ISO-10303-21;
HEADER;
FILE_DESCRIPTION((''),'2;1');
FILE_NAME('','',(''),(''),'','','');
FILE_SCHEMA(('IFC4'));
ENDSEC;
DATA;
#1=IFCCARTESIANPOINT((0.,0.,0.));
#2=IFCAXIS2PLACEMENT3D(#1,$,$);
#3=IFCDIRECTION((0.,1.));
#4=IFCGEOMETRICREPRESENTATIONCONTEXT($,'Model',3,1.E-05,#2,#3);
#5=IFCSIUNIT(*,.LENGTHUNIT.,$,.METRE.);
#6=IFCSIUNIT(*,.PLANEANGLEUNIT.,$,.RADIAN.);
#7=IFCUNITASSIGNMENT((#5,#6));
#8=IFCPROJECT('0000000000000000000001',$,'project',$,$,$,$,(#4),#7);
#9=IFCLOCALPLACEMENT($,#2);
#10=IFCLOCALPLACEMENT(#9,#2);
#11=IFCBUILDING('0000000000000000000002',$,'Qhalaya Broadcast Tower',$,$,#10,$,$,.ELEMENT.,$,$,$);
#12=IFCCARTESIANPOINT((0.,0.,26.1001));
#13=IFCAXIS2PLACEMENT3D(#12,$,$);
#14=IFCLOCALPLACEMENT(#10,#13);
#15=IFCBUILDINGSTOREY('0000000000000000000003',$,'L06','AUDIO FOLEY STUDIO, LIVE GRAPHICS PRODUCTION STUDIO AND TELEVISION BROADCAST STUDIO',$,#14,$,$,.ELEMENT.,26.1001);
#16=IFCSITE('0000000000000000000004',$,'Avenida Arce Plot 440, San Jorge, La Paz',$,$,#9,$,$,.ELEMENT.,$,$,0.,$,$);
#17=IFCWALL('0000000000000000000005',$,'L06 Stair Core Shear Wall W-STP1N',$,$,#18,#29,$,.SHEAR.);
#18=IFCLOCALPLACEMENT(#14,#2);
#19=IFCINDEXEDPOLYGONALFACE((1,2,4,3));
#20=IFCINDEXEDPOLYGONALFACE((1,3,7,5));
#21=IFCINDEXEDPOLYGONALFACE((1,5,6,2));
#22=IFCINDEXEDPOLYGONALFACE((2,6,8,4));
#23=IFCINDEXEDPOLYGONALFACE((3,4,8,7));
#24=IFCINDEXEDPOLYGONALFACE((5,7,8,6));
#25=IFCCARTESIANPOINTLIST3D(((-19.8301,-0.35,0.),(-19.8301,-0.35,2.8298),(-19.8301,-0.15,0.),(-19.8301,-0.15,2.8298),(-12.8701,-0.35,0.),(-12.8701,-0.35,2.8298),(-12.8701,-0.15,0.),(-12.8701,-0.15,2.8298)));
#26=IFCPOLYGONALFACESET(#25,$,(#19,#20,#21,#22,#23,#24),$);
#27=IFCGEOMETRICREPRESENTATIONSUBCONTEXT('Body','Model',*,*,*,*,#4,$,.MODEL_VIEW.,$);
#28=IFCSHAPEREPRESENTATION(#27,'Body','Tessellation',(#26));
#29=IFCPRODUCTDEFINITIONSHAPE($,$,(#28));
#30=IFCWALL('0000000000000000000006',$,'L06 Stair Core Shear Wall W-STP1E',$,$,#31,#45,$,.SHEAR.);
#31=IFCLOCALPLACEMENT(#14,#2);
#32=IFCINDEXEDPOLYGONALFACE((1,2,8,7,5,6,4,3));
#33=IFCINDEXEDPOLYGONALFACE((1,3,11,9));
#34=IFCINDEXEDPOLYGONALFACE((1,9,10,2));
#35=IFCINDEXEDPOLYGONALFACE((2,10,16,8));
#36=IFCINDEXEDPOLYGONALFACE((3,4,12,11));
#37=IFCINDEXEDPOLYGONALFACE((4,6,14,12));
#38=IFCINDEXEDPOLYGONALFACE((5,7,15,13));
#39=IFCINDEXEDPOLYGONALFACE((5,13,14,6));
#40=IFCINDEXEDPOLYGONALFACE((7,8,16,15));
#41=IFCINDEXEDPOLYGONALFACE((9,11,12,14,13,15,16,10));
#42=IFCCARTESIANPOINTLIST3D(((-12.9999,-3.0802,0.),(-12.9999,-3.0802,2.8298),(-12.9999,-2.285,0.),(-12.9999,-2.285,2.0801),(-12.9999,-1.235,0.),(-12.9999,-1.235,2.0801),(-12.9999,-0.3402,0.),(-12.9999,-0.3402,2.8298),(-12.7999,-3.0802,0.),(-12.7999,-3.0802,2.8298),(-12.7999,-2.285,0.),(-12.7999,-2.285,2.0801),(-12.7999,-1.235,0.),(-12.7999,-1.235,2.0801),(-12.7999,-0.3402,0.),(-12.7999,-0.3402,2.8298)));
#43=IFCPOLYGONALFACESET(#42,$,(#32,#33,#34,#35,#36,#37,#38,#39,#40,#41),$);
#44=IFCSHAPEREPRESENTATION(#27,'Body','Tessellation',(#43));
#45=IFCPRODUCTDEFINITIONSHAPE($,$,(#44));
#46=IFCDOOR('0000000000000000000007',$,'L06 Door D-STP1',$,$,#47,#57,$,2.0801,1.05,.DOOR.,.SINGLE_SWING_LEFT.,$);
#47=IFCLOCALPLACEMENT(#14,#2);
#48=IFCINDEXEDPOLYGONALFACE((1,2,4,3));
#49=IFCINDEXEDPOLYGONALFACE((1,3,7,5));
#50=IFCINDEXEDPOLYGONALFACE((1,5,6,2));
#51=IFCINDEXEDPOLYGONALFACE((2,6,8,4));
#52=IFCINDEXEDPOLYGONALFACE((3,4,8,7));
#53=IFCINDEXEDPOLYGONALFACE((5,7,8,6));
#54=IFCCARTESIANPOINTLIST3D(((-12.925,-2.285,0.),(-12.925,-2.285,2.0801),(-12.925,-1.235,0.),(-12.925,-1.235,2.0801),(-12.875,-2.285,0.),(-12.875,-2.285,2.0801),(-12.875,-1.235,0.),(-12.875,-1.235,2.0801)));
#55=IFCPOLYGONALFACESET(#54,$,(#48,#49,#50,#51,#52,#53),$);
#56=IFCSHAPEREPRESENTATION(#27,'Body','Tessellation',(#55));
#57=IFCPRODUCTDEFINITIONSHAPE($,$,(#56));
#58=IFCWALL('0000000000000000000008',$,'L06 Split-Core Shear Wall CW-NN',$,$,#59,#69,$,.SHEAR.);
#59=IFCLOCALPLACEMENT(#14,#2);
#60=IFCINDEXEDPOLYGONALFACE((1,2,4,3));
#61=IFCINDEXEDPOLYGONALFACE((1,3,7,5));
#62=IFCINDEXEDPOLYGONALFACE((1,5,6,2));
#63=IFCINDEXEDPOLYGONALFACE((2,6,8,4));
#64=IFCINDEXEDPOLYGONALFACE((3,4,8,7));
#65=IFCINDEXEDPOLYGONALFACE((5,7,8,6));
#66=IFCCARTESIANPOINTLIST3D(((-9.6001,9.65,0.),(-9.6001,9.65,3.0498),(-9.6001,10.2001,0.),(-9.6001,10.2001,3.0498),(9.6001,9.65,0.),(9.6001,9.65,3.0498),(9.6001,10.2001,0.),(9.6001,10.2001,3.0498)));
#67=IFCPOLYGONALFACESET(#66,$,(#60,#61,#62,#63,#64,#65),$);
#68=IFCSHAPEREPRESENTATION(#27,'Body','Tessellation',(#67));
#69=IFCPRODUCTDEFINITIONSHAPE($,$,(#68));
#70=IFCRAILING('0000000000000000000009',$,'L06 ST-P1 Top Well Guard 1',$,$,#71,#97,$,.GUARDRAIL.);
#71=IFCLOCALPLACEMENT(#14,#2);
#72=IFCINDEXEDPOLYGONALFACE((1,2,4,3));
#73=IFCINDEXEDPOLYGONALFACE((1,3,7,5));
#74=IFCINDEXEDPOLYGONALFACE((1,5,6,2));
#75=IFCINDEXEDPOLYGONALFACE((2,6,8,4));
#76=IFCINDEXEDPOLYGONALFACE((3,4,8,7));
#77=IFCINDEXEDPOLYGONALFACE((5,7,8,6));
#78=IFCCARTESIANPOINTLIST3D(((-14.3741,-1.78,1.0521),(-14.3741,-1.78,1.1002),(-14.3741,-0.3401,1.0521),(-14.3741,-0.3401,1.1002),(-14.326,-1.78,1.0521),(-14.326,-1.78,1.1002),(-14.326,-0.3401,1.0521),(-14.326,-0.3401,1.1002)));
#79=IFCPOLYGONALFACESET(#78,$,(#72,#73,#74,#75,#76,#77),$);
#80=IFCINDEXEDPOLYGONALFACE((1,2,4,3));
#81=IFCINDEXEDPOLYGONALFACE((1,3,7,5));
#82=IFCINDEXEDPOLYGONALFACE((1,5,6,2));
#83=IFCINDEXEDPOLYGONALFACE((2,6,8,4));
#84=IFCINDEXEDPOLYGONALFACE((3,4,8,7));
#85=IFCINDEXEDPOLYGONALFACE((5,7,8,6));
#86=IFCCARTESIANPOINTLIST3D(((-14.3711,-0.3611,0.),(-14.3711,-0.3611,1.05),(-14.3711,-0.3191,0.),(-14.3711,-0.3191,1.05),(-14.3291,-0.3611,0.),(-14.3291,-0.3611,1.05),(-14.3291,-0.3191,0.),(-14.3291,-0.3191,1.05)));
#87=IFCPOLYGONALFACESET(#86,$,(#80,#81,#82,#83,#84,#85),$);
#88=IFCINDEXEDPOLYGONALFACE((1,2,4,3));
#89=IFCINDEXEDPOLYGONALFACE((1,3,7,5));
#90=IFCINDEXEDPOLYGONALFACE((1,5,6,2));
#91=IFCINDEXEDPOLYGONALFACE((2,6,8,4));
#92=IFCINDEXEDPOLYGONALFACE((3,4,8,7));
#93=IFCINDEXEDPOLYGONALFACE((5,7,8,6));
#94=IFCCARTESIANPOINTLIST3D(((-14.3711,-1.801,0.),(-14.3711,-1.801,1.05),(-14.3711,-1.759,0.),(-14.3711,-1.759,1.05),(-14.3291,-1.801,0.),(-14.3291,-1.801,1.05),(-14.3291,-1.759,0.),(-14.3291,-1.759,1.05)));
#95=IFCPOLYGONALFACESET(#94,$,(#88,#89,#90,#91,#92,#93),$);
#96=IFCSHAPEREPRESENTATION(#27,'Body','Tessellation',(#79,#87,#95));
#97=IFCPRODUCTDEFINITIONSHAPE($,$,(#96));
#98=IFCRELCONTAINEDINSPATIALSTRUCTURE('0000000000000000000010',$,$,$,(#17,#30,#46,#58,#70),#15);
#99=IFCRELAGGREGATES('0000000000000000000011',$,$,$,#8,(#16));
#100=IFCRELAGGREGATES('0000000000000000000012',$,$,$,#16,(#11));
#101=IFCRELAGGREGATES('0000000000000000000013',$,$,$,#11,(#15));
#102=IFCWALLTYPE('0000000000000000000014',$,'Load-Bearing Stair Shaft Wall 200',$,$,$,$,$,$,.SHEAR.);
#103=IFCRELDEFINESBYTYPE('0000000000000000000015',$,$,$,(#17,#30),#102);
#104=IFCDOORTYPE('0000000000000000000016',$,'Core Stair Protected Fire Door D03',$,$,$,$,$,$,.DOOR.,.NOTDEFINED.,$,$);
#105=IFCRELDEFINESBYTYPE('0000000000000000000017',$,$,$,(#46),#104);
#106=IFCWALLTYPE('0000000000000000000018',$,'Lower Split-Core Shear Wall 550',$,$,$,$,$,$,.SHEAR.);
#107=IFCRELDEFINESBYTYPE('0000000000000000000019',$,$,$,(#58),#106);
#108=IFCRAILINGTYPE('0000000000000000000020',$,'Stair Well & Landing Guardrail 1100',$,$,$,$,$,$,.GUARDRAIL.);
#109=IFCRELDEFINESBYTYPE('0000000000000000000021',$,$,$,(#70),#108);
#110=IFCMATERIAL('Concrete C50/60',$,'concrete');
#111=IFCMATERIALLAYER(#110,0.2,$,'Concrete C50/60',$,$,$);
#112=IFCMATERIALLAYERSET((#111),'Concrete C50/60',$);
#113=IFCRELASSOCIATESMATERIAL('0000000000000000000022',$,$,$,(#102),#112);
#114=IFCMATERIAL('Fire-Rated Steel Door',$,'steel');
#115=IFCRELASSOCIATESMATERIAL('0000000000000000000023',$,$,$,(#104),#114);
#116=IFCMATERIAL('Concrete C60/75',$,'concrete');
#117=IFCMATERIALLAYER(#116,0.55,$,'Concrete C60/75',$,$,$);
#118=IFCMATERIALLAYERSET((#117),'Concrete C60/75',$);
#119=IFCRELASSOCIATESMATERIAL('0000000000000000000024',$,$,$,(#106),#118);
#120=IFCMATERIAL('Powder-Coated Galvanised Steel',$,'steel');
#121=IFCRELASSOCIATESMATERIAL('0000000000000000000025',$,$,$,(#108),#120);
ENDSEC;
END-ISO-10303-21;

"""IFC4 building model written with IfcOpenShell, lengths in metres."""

from ifc_helpers import new_model, si_unit, direction, frame, frame_2d, origin, origin_2d, place, context, subcontext, project, spatial, rectangle, extrude, material, layer, layer_set, type_object, element, fill, save


model = new_model("IFC4")

# Units and contexts
model_context = context("Model", 3, precision=1e-05, world=origin(), true_north=direction((0.0, 1.0)))
body_context = subcontext(model_context, "Body", "Model", "MODEL_VIEW")
ifc_project = project(units=[si_unit("LENGTHUNIT", "METRE"), si_unit("PLANEANGLEUNIT", "RADIAN")], contexts=[model_context])

# Site, building, storey
site_placement = place(None, origin())
site = spatial("IfcSite", under=ifc_project, at=site_placement, Name="Avenida Arce Plot 440, San Jorge, La Paz", CompositionType="ELEMENT", RefElevation=0.0)
building_placement = place(site_placement, origin())
building = spatial("IfcBuilding", under=site, at=building_placement, Name="Qhalaya Broadcast Tower", CompositionType="ELEMENT")
storey_placement = place(building_placement, frame((0.0, 0.0, 26.1001)))
storey = spatial("IfcBuildingStorey", under=building, at=storey_placement, Name="L06", Description="AUDIO FOLEY STUDIO, LIVE GRAPHICS PRODUCTION STUDIO AND TELEVISION BROADCAST STUDIO", CompositionType="ELEMENT", Elevation=26.1001)

# Shared definitions
ifc_material_1 = material(Name="Concrete C50/60", Category="concrete")

# Wall
ifc_layer_1 = layer(ifc_material_1, 0.2, Name="Concrete C50/60")
ifc_layer_set_1 = layer_set([ifc_layer_1], Name="Concrete C50/60")
wall_type_1 = type_object("IfcWallType", Name="Load-Bearing Stair Shaft Wall 200", PredefinedType="SHEAR", material=ifc_layer_set_1)
wall_1_placement = place(storey_placement, frame((-19.8301, -0.25, 0.0), z_axis=(0.0, 0.0, 1.0), x_axis=(1.0, 0.0, 0.0)))
element("IfcWall", 1, at=wall_1_placement, inside=storey, type_object=wall_type_1, Name="L06 Stair Core Shear Wall W-STP1N", PredefinedType="SHEAR", context=body_context, shape_type="SweptSolid", body=[
    extrude(rectangle(XDim=6.96, YDim=0.2, at=frame_2d((3.48, 0.0))), origin(), (0.0, 0.0, 1.0), 2.8298),
])

# Wall, opening, door
wall_2_placement = place(storey_placement, frame((-12.8999, -0.3401, 0.0), z_axis=(0.0, 0.0, 1.0), x_axis=(0.0, -1.0, 0.0)))
wall_2 = element("IfcWall", 2, at=wall_2_placement, inside=storey, type_object=wall_type_1, Name="L06 Stair Core Shear Wall W-STP1E", PredefinedType="SHEAR", context=body_context, shape_type="SweptSolid", body=[
    extrude(rectangle(XDim=2.74, YDim=0.2, at=frame_2d((1.3701, 0.0))), origin(), (0.0, 0.0, 1.0), 2.8298),
])
opening_1_placement = place(wall_2_placement, frame((0.895, 0.0, 0.0)))
opening_1 = element("IfcOpeningElement", 3, at=opening_1_placement, cuts=wall_2, PredefinedType="OPENING", context=body_context, shape_type="SweptSolid", body=[
    extrude(rectangle(XDim=1.05, YDim=2.0801, at=frame_2d((0.5249, 1.04))), frame((0.0, 0.1121, 0.0), z_axis=(0.0, -1.0, 0.0), x_axis=(1.0, 0.0, 0.0)), (0.0, 0.0, 1.0), 0.2239),
])
ifc_material_2 = material(Name="Fire-Rated Steel Door", Category="steel")
door_type_1 = type_object("IfcDoorType", Name="Core Stair Protected Fire Door D03", OperationType="NOTDEFINED", PredefinedType="DOOR", material=ifc_material_2)
door_1_placement = place(opening_1_placement, origin())
door_1 = element("IfcDoor", 4, at=door_1_placement, inside=storey, type_object=door_type_1, Name="L06 Door D-STP1", OperationType="SINGLE_SWING_LEFT", OverallHeight=2.0801, OverallWidth=1.05, PredefinedType="DOOR", context=body_context, shape_type="SweptSolid", body=[
    extrude(rectangle(XDim=1.05, YDim=2.0801, at=frame_2d((0.5249, 1.04))), frame((0.0, 0.0249, 0.0), z_axis=(0.0, -1.0, 0.0), x_axis=(1.0, 0.0, 0.0)), (0.0, 0.0, 1.0), 0.05),
])
fill(opening_1, door_1)

# Wall
ifc_material_3 = material(Name="Concrete C60/75", Category="concrete")
ifc_layer_2 = layer(ifc_material_3, 0.55, Name="Concrete C60/75")
ifc_layer_set_2 = layer_set([ifc_layer_2], Name="Concrete C60/75")
wall_type_2 = type_object("IfcWallType", Name="Lower Split-Core Shear Wall 550", PredefinedType="SHEAR", material=ifc_layer_set_2)
wall_3_placement = place(storey_placement, frame((-9.6001, 9.925, 0.0), z_axis=(0.0, 0.0, 1.0), x_axis=(1.0, 0.0, 0.0)))
element("IfcWall", 5, at=wall_3_placement, inside=storey, type_object=wall_type_2, Name="L06 Split-Core Shear Wall CW-NN", PredefinedType="SHEAR", context=body_context, shape_type="SweptSolid", body=[
    extrude(rectangle(XDim=19.2002, YDim=0.55, at=frame_2d((9.6001, 0.0))), origin(), (0.0, 0.0, 1.0), 3.0498),
])

# Railing
ifc_material_4 = material(Name="Powder-Coated Galvanised Steel", Category="steel")
railing_type = type_object("IfcRailingType", Name="Stair Well & Landing Guardrail 1100", PredefinedType="GUARDRAIL", material=ifc_material_4)
railing_placement = place(storey_placement, frame((-14.3501, -0.3401, 0.0)))
element("IfcRailing", 6, at=railing_placement, inside=storey, type_object=railing_type, Name="L06 ST-P1 Top Well Guard 1", PredefinedType="GUARDRAIL", context=body_context, shape_type="SweptSolid", body=[
    extrude(rectangle(XDim=0.0481, YDim=0.0481, at=origin_2d()), frame((0.0, 0.0, 1.0762), z_axis=(0.0, -1.0, 0.0), x_axis=(1.0, 0.0, 0.0)), (0.0, 0.0, 1.0), 1.4399),
    extrude(rectangle(XDim=0.042, YDim=0.042, at=origin_2d()), origin(), (0.0, 0.0, 1.0), 1.05),
    extrude(rectangle(XDim=0.042, YDim=0.042, at=origin_2d()), frame((0.0, -1.4399, 0.0)), (0.0, 0.0, 1.0), 1.05),
])

save(model, "model.ifc")
